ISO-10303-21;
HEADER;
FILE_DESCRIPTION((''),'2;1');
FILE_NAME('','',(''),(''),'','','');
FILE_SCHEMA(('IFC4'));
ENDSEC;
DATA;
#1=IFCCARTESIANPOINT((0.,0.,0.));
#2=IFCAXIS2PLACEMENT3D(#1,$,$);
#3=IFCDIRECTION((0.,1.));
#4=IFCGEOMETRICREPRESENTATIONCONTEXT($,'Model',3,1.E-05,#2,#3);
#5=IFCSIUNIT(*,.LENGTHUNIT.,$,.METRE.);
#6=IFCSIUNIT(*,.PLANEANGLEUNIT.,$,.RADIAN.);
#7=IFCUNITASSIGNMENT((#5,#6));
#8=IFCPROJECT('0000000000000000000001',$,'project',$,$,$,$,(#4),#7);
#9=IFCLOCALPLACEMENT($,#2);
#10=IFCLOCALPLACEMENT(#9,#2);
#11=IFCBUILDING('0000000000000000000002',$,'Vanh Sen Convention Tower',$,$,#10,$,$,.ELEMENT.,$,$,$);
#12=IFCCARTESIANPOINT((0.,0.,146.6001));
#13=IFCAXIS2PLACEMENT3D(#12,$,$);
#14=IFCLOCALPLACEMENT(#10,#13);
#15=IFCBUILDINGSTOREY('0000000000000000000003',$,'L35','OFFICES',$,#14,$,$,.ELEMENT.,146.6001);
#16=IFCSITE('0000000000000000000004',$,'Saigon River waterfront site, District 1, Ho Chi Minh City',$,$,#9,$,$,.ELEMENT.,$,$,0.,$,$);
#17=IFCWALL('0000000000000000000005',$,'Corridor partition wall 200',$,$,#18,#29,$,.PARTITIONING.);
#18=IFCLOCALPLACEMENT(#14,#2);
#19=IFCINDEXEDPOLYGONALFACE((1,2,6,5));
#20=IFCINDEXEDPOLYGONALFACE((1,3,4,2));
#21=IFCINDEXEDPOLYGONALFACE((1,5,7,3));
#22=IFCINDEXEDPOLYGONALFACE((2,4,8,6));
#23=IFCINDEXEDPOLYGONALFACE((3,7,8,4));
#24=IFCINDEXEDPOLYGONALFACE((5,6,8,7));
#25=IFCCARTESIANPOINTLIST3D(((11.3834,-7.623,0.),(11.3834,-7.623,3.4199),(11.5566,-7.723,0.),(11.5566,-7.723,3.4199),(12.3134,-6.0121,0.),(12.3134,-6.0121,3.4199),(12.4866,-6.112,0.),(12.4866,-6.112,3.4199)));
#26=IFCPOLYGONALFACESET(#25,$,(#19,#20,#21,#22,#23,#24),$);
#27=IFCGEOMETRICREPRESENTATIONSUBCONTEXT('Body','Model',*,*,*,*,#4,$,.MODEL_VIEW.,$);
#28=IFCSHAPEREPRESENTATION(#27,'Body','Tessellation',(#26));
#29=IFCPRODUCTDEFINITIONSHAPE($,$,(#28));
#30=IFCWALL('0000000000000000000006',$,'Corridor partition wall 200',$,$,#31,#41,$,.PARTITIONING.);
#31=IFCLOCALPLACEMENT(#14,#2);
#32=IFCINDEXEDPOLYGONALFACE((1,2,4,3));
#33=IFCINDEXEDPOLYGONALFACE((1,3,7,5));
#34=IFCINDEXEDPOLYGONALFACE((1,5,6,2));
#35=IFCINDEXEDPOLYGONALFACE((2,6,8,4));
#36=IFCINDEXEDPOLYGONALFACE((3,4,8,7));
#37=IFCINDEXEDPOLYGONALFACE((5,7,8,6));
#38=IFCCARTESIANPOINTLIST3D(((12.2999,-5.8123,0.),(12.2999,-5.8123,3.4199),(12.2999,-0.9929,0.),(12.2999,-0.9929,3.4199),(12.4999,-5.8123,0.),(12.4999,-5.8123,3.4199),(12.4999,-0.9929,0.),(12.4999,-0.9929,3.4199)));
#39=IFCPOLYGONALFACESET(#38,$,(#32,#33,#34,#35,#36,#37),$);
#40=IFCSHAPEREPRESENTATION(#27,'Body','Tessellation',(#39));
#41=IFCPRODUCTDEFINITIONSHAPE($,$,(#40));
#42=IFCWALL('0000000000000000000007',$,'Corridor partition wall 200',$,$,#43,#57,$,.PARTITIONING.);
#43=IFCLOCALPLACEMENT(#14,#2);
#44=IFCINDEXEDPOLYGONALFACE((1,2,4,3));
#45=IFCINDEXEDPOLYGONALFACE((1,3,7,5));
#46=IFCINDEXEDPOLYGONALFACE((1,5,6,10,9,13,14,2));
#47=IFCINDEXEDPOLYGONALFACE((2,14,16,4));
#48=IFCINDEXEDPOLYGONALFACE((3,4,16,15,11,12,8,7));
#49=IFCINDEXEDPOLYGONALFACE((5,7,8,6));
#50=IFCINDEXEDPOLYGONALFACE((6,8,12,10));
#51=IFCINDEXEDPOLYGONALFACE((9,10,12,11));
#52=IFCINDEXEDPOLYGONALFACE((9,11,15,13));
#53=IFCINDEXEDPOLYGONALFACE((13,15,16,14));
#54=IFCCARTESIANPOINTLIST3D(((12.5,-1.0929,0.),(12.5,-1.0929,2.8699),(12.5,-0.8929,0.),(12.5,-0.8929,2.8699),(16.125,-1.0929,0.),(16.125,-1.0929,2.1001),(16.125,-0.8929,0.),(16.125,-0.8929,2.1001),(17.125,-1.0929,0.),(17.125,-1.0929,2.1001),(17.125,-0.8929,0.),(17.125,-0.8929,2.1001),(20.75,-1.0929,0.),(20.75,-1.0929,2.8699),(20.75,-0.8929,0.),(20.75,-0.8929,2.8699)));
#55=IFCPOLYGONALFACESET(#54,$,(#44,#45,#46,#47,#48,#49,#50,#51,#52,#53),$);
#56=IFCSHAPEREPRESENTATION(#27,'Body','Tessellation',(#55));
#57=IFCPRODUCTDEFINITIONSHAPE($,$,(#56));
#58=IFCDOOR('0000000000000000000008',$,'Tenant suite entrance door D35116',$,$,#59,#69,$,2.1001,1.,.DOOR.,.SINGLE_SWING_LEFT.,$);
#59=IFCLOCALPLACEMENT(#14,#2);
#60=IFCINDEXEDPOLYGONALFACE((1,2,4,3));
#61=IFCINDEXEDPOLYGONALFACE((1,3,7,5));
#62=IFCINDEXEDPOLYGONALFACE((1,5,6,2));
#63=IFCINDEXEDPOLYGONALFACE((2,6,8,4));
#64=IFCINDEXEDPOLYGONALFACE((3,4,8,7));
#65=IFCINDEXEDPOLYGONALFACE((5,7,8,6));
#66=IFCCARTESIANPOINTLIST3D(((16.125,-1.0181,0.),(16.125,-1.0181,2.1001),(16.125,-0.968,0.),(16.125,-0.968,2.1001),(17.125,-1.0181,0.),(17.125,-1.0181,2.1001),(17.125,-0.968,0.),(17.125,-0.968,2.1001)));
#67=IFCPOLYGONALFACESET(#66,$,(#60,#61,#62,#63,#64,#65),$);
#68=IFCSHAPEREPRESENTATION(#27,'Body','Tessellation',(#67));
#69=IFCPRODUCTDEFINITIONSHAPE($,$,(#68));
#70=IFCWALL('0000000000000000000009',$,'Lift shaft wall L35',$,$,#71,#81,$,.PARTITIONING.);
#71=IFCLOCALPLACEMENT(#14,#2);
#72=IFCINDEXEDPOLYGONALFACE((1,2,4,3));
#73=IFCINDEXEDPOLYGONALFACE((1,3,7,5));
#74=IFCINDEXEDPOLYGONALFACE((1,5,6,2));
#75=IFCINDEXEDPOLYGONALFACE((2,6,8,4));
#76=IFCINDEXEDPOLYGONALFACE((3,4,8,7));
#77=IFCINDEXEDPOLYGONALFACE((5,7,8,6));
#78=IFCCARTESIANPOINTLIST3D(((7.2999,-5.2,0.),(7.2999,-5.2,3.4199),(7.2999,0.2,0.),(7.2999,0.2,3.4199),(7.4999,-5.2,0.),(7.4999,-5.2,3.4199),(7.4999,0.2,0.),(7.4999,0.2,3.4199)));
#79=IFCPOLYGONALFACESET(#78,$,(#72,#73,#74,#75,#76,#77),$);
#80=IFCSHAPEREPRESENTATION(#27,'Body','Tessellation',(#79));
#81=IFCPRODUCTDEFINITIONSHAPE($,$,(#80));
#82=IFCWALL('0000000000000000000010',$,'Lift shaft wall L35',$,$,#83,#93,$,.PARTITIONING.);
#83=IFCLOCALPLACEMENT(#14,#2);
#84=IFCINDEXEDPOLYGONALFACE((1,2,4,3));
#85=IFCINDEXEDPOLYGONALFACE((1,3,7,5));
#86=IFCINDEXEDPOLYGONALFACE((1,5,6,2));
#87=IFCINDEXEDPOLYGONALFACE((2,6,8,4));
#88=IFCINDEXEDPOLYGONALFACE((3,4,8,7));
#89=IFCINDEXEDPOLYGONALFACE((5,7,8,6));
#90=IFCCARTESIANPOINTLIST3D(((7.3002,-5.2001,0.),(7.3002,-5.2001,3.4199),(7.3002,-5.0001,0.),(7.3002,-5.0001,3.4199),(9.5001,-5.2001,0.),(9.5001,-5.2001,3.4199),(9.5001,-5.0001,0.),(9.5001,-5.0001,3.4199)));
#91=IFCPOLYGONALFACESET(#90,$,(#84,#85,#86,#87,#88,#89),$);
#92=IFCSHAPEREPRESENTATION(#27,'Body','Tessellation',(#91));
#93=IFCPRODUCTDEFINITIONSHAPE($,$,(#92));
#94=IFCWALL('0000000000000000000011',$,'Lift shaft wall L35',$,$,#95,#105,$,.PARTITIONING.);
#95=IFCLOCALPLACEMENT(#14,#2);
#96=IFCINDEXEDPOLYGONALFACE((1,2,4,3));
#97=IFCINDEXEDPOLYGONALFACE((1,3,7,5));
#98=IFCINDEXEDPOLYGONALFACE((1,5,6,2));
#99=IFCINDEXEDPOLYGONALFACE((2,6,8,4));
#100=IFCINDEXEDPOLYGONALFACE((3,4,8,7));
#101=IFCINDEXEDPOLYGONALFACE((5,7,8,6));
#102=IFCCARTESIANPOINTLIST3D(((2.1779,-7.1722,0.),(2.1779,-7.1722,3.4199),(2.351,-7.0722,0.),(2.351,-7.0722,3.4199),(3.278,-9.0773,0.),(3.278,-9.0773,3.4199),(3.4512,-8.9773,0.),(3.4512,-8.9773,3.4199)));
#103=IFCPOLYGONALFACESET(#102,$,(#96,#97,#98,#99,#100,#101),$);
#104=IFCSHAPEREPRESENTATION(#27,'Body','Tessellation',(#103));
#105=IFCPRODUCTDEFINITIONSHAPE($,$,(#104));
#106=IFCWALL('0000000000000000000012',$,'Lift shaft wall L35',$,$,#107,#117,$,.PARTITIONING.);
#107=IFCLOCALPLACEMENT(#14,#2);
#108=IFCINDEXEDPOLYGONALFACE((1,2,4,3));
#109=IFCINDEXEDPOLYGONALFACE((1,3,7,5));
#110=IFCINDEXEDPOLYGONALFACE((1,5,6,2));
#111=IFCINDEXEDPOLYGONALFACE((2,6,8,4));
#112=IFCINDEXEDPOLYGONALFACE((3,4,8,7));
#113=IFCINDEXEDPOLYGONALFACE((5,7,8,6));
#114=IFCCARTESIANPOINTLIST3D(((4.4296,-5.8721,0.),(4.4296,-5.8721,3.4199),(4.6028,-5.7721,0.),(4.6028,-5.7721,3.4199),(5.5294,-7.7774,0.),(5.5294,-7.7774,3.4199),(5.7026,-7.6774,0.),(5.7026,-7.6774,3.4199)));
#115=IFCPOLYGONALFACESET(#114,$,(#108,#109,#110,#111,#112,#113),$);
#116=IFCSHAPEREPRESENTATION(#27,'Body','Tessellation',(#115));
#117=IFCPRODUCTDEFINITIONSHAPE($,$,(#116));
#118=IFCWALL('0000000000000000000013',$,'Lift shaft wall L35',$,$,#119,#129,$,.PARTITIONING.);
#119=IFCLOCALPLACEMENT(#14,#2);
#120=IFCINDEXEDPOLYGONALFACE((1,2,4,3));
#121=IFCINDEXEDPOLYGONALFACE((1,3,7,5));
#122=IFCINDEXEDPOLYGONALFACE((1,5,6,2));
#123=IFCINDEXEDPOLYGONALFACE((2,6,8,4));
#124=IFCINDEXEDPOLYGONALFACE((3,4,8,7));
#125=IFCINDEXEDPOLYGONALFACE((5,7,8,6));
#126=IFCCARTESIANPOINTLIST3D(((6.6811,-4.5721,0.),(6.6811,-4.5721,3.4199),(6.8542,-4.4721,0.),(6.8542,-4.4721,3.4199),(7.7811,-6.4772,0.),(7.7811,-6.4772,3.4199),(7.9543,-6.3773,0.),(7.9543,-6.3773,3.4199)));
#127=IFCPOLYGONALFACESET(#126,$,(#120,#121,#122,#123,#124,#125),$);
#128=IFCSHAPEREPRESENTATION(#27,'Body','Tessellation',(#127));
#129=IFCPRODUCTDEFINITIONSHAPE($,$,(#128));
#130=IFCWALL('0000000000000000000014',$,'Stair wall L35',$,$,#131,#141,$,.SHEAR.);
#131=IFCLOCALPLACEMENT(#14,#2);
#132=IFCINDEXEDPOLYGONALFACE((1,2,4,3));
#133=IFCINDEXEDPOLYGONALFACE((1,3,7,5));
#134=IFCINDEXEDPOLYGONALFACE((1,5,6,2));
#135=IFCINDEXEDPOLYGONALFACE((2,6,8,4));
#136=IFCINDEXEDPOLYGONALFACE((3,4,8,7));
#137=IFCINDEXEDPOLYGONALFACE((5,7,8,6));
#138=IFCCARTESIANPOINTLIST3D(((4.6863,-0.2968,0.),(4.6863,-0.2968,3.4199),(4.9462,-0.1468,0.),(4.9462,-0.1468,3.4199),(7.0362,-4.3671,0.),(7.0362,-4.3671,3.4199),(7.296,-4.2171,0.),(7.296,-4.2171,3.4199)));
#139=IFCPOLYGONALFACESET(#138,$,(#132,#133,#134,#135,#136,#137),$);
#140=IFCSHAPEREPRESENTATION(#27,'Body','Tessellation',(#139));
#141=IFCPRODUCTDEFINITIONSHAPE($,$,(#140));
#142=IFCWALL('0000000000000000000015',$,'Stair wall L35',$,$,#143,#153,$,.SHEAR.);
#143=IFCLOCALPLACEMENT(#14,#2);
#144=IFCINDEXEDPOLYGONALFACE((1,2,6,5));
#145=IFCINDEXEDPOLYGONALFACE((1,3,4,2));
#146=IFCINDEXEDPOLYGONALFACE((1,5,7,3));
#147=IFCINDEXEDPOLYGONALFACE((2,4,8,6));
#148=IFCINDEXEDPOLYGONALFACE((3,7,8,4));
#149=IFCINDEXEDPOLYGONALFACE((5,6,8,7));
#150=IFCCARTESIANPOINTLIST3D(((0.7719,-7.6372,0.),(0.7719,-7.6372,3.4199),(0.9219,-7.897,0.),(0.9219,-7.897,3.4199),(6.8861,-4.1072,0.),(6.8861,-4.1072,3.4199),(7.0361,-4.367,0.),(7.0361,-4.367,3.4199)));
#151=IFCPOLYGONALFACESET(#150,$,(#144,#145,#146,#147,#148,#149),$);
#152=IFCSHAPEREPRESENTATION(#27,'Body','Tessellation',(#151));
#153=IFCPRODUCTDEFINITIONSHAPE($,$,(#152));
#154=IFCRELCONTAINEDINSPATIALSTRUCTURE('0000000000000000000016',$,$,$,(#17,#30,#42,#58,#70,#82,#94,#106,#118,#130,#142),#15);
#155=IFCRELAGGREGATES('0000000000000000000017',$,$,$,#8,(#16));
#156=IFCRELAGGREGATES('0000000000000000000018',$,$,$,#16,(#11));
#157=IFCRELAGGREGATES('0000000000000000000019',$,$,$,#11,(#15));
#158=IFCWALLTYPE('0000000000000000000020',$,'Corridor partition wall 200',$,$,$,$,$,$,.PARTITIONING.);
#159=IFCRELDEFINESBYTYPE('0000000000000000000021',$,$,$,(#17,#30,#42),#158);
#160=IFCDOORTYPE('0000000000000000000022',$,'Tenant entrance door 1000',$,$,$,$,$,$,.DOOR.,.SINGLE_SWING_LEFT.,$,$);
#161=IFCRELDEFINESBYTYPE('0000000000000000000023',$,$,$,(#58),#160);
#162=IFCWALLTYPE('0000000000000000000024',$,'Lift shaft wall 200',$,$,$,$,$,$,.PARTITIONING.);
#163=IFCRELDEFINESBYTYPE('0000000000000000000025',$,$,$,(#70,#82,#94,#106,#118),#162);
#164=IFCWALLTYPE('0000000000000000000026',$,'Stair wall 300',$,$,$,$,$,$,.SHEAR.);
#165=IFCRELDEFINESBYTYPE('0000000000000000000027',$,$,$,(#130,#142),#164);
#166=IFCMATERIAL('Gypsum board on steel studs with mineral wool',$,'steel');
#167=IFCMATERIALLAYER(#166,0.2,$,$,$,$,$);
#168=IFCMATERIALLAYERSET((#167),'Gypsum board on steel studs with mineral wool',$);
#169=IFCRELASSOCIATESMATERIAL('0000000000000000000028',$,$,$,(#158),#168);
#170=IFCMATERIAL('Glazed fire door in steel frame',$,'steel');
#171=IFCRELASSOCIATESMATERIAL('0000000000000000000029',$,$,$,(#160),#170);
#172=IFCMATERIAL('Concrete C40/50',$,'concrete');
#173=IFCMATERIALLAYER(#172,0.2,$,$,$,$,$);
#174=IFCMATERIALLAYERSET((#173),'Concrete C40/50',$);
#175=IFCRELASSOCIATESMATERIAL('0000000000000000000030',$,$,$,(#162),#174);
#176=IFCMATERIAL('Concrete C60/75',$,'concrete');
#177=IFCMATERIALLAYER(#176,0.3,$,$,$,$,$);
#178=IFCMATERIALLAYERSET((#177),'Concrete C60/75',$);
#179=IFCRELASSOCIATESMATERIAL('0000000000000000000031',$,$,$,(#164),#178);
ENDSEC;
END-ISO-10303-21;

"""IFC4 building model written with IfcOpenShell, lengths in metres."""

from ifc_helpers import new_model, si_unit, direction, frame, frame_2d, origin, place, context, subcontext, project, spatial, rectangle, extrude, material, layer, layer_set, type_object, element, fill, save


model = new_model("IFC4")

# Units and contexts
model_context = context("Model", 3, precision=1e-05, world=origin(), true_north=direction((0.0, 1.0)))
body_context = subcontext(model_context, "Body", "Model", "MODEL_VIEW")
ifc_project = project(units=[si_unit("LENGTHUNIT", "METRE"), si_unit("PLANEANGLEUNIT", "RADIAN")], contexts=[model_context])

# Site, building, storey
site_placement = place(None, origin())
site = spatial("IfcSite", under=ifc_project, at=site_placement, Name="Saigon River waterfront site, District 1, Ho Chi Minh City", CompositionType="ELEMENT", RefElevation=0.0)
building_placement = place(site_placement, origin())
building = spatial("IfcBuilding", under=site, at=building_placement, Name="Vanh Sen Convention Tower", CompositionType="ELEMENT")
storey_placement = place(building_placement, frame((0.0, 0.0, 146.6001)))
storey = spatial("IfcBuildingStorey", under=building, at=storey_placement, Name="L35", Description="OFFICES", CompositionType="ELEMENT", Elevation=146.6001)

# Walls
ifc_material_1 = material(Name="Gypsum board on steel studs with mineral wool", Category="steel")
ifc_layer_1 = layer(ifc_material_1, 0.2)
ifc_layer_set_1 = layer_set([ifc_layer_1], Name="Gypsum board on steel studs with mineral wool")
wall_type_1 = type_object("IfcWallType", Name="Corridor partition wall 200", PredefinedType="PARTITIONING", material=ifc_layer_set_1)
wall_1_placement = place(storey_placement, frame((11.47, -7.6731, 0.0), z_axis=(0.0, 0.0, 1.0), x_axis=(0.499965, 0.866046, 0.0)))
element("IfcWall", 1, at=wall_1_placement, inside=storey, type_object=wall_type_1, Name="Corridor partition wall 200", PredefinedType="PARTITIONING", context=body_context, shape_type="SweptSolid", body=[
    extrude(rectangle(XDim=1.8601, YDim=0.2, at=frame_2d((0.9302, 0.0))), origin(), (0.0, 0.0, 1.0), 3.4199),
])
wall_2_placement = place(storey_placement, frame((12.3999, -5.8123, 0.0), z_axis=(0.0, 0.0, 1.0), x_axis=(0.0, 1.0, 0.0)))
element("IfcWall", 2, at=wall_2_placement, inside=storey, type_object=wall_type_1, Name="Corridor partition wall 200", PredefinedType="PARTITIONING", context=body_context, shape_type="SweptSolid", body=[
    extrude(rectangle(XDim=4.8193, YDim=0.2, at=frame_2d((2.4097, 0.0))), origin(), (0.0, 0.0, 1.0), 3.4199),
])

# Wall, opening, door
wall_3_placement = place(storey_placement, frame((12.5, -0.9929, 0.0), z_axis=(0.0, 0.0, 1.0), x_axis=(1.0, 0.0, 0.0)))
wall_3 = element("IfcWall", 3, at=wall_3_placement, inside=storey, type_object=wall_type_1, Name="Corridor partition wall 200", PredefinedType="PARTITIONING", context=body_context, shape_type="SweptSolid", body=[
    extrude(rectangle(XDim=8.25, YDim=0.2, at=frame_2d((4.125, 0.0))), origin(), (0.0, 0.0, 1.0), 2.8699),
])
opening_1_placement = place(wall_3_placement, frame((3.625, 0.0, 0.0)))
opening_1 = element("IfcOpeningElement", 4, at=opening_1_placement, cuts=wall_3, PredefinedType="OPENING", context=body_context, shape_type="SweptSolid", body=[
    extrude(rectangle(XDim=1.0, YDim=2.1001, at=frame_2d((0.5, 1.05))), frame((0.0, 0.1099, 0.0), z_axis=(0.0, -1.0, 0.0), x_axis=(1.0, 0.0, 0.0)), (0.0, 0.0, 1.0), 0.22),
])
ifc_material_2 = material(Name="Glazed fire door in steel frame", Category="steel")
door_type_1 = type_object("IfcDoorType", Name="Tenant entrance door 1000", OperationType="SINGLE_SWING_LEFT", PredefinedType="DOOR", material=ifc_material_2)
door_1_placement = place(opening_1_placement, origin())
door_1 = element("IfcDoor", 5, at=door_1_placement, inside=storey, type_object=door_type_1, Name="Tenant suite entrance door D35116", OperationType="SINGLE_SWING_LEFT", OverallHeight=2.1001, OverallWidth=1.0, PredefinedType="DOOR", context=body_context, shape_type="SweptSolid", body=[
    extrude(rectangle(XDim=1.0, YDim=2.1001, at=frame_2d((0.5, 1.05))), frame((0.0, 0.0249, 0.0), z_axis=(0.0, -1.0, 0.0), x_axis=(1.0, 0.0, 0.0)), (0.0, 0.0, 1.0), 0.05),
])
fill(opening_1, door_1)

# Walls
ifc_material_3 = material(Name="Concrete C40/50", Category="concrete")
ifc_layer_2 = layer(ifc_material_3, 0.2)
ifc_layer_set_2 = layer_set([ifc_layer_2], Name="Concrete C40/50")
wall_type_2 = type_object("IfcWallType", Name="Lift shaft wall 200", PredefinedType="PARTITIONING", material=ifc_layer_set_2)
wall_4_placement = place(storey_placement, frame((7.3999, -5.2, 0.0), z_axis=(0.0, 0.0, 1.0), x_axis=(0.0, 1.0, 0.0)))
element("IfcWall", 6, at=wall_4_placement, inside=storey, type_object=wall_type_2, Name="Lift shaft wall L35", PredefinedType="PARTITIONING", context=body_context, shape_type="SweptSolid", body=[
    extrude(rectangle(XDim=5.3999, YDim=0.2, at=frame_2d((2.7, 0.0))), origin(), (0.0, 0.0, 1.0), 3.4199),
])
for number, where, z_axis, x_axis, name in (
    (7, (7.3, -5.1001, 0.0), (0.0, 0.0, 1.0), (1.0, 0.0, 0.0), "Lift shaft wall L35"),
    (8, (2.2644, -7.1221, 0.0), (0.0, 0.0, 1.0), (0.500078, -0.86598, 0.0), "Lift shaft wall L35"),
    (9, (4.5161, -5.822, 0.0), (0.0, 0.0, 1.0), (0.499947, -0.866056, 0.0), "Lift shaft wall L35"),
    (10, (6.7676, -4.522, 0.0), (0.0, 0.0, 1.0), (0.50003, -0.866008, 0.0), "Lift shaft wall L35"),
):
    element("IfcWall", number, at=place(storey_placement, frame(where, z_axis=z_axis, x_axis=x_axis)), inside=storey, type_object=wall_type_2, Name=name, PredefinedType="PARTITIONING", context=body_context, shape_type="SweptSolid", body=[
        extrude(rectangle(XDim=2.2, YDim=0.2, at=frame_2d((1.1001, 0.0))), origin(), (0.0, 0.0, 1.0), 3.4199),
    ])
ifc_material_4 = material(Name="Concrete C60/75", Category="concrete")
ifc_layer_3 = layer(ifc_material_4, 0.3)
ifc_layer_set_3 = layer_set([ifc_layer_3], Name="Concrete C60/75")
wall_type_3 = type_object("IfcWallType", Name="Stair wall 300", PredefinedType="SHEAR", material=ifc_layer_set_3)
wall_5_placement = place(storey_placement, frame((4.8162, -0.2217, 0.0), z_axis=(0.0, 0.0, 1.0), x_axis=(0.499977, -0.866039, 0.0)))
element("IfcWall", 11, at=wall_5_placement, inside=storey, type_object=wall_type_3, Name="Stair wall L35", PredefinedType="SHEAR", context=body_context, shape_type="SweptSolid", body=[
    extrude(rectangle(XDim=4.7, YDim=0.3, at=frame_2d((2.3501, 0.0))), origin(), (0.0, 0.0, 1.0), 3.4199),
])
wall_6_placement = place(storey_placement, frame((0.8469, -7.7671, 0.0), z_axis=(0.0, 0.0, 1.0), x_axis=(0.866028, 0.499996, 0.0)))
element("IfcWall", 12, at=wall_6_placement, inside=storey, type_object=wall_type_3, Name="Stair wall L35", PredefinedType="SHEAR", context=body_context, shape_type="SweptSolid", body=[
    extrude(rectangle(XDim=7.0601, YDim=0.3, at=frame_2d((3.53, 0.0))), origin(), (0.0, 0.0, 1.0), 3.4199),
])

save(model, "model.ifc")
